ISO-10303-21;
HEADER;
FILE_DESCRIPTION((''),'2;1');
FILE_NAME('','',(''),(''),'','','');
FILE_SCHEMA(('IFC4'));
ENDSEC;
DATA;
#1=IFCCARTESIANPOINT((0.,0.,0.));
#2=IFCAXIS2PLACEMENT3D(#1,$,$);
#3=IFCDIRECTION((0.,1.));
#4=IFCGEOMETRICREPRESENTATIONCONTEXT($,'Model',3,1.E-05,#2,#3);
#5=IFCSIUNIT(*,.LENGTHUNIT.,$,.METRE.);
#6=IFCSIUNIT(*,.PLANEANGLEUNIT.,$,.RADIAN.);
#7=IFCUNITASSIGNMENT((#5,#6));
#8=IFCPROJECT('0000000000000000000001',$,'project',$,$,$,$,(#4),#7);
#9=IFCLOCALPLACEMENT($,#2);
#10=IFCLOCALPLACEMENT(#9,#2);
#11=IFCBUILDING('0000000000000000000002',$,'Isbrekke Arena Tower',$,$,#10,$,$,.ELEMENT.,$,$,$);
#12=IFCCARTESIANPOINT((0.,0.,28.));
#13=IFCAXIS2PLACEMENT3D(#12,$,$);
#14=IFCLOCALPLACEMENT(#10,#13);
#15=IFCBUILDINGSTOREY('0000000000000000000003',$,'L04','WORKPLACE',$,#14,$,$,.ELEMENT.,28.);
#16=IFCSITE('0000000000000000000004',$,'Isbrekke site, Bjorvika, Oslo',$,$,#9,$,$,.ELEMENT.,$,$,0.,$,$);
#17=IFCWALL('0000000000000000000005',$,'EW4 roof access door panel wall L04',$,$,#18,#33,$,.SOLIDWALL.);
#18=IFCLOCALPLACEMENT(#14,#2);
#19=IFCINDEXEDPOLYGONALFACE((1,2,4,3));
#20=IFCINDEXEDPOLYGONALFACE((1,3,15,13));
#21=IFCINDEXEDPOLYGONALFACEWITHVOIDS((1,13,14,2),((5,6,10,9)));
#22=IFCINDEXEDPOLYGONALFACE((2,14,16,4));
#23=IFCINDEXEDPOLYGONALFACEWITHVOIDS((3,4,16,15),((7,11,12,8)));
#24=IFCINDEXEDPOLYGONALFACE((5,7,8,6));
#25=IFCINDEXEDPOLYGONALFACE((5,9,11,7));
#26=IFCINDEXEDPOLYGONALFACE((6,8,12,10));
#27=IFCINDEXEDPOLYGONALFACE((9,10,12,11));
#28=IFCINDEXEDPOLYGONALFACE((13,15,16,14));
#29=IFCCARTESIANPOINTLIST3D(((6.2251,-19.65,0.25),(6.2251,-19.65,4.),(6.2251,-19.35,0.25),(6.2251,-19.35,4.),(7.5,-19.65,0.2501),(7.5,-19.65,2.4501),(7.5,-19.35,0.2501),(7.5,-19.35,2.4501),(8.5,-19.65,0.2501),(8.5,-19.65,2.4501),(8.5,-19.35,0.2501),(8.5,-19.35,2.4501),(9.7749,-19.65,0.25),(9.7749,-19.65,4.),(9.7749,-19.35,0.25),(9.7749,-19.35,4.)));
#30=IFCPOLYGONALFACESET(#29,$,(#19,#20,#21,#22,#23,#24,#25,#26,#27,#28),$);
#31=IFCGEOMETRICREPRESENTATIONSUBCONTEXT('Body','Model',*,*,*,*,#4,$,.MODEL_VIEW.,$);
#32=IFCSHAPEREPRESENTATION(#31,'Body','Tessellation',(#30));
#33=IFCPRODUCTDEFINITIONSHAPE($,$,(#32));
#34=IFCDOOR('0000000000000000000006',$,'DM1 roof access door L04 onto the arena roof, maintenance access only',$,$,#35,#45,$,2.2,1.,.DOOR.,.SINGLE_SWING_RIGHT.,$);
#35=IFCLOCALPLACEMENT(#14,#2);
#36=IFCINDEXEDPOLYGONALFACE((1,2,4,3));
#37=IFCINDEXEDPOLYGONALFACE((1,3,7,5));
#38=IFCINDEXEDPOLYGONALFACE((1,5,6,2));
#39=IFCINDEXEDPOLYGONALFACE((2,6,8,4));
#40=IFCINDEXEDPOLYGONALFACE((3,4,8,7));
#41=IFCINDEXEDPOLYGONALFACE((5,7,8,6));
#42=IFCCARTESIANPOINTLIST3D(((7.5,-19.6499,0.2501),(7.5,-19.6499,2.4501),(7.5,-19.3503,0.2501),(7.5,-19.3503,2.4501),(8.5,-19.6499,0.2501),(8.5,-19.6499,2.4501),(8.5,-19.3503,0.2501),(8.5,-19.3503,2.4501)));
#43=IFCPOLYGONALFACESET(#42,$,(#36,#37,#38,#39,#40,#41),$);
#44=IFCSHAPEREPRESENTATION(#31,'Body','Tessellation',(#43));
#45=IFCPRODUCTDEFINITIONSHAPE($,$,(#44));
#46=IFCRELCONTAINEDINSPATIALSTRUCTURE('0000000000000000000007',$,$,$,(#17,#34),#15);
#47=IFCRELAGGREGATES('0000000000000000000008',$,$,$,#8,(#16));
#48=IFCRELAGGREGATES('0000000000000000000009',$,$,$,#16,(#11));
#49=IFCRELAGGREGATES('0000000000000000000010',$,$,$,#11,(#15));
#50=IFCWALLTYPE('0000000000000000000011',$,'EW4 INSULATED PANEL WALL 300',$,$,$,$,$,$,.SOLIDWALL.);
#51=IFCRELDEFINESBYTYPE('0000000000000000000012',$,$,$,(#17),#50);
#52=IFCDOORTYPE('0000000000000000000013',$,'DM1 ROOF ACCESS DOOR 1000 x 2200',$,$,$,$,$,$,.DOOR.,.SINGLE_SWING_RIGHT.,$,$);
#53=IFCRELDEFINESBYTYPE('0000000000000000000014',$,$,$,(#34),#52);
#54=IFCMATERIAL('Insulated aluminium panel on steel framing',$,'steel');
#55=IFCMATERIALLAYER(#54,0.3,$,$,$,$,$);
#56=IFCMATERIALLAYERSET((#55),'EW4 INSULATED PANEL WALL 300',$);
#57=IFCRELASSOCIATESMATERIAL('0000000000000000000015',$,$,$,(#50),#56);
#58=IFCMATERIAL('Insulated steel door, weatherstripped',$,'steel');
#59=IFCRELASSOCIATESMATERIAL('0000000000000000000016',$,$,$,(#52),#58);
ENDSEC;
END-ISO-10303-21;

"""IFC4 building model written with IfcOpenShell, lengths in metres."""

from ifc_helpers import new_model, si_unit, direction, frame, frame_2d, origin, place, context, subcontext, project, spatial, rectangle, extrude, material, layer, layer_set, type_object, element, fill, save


model = new_model("IFC4")

# Units and contexts
model_context = context("Model", 3, precision=1e-05, world=origin(), true_north=direction((0.0, 1.0)))
body_context = subcontext(model_context, "Body", "Model", "MODEL_VIEW")
ifc_project = project(units=[si_unit("LENGTHUNIT", "METRE"), si_unit("PLANEANGLEUNIT", "RADIAN")], contexts=[model_context])

# Site, building, storey
site_placement = place(None, origin())
site = spatial("IfcSite", under=ifc_project, at=site_placement, Name="Isbrekke site, Bjorvika, Oslo", CompositionType="ELEMENT", RefElevation=0.0)
building_placement = place(site_placement, origin())
building = spatial("IfcBuilding", under=site, at=building_placement, Name="Isbrekke Arena Tower", CompositionType="ELEMENT")
storey_placement = place(building_placement, frame((0.0, 0.0, 28.0)))
storey = spatial("IfcBuildingStorey", under=building, at=storey_placement, Name="L04", Description="WORKPLACE", CompositionType="ELEMENT", Elevation=28.0)

# Wall, opening, door
ifc_material_1 = material(Name="Insulated aluminium panel on steel framing", Category="steel")
ifc_layer_1 = layer(ifc_material_1, 0.3)
ifc_layer_set_1 = layer_set([ifc_layer_1], Name="EW4 INSULATED PANEL WALL 300")
wall_type = type_object("IfcWallType", Name="EW4 INSULATED PANEL WALL 300", PredefinedType="SOLIDWALL", material=ifc_layer_set_1)
wall_placement = place(storey_placement, frame((6.2251, -19.5, 0.25), z_axis=(0.0, 0.0, 1.0), x_axis=(1.0, 0.0, 0.0)))
wall = element("IfcWall", 1, at=wall_placement, inside=storey, type_object=wall_type, Name="EW4 roof access door panel wall L04", PredefinedType="SOLIDWALL", context=body_context, shape_type="SweptSolid", body=[
    extrude(rectangle(XDim=3.5498, YDim=0.3, at=frame_2d((1.7749, 0.0))), origin(), (0.0, 0.0, 1.0), 3.75),
])
opening_placement = place(wall_placement, frame((1.2749, 0.0, 0.0)))
opening = element("IfcOpeningElement", 2, at=opening_placement, cuts=wall, PredefinedType="OPENING", context=body_context, shape_type="SweptSolid", body=[
    extrude(rectangle(XDim=1.0, YDim=2.2, at=frame_2d((0.5, 1.1001))), frame((0.0, 0.165, 0.0), z_axis=(0.0, -1.0, 0.0), x_axis=(1.0, 0.0, 0.0)), (0.0, 0.0, 1.0), 0.3298),
])
ifc_material_2 = material(Name="Insulated steel door, weatherstripped", Category="steel")
door_type = type_object("IfcDoorType", Name="DM1 ROOF ACCESS DOOR 1000 x 2200", OperationType="SINGLE_SWING_RIGHT", PredefinedType="DOOR", material=ifc_material_2)
door_placement = place(opening_placement, frame((1.0, 0.0, 0.0), z_axis=(0.0, 0.0, 1.0), x_axis=(-1.0, 0.0, 0.0)))
door = element("IfcDoor", 3, at=door_placement, inside=storey, type_object=door_type, Name="DM1 roof access door L04 onto the arena roof, maintenance access only", OperationType="SINGLE_SWING_RIGHT", OverallHeight=2.2, OverallWidth=1.0, PredefinedType="DOOR", context=body_context, shape_type="SweptSolid", body=[
    extrude(rectangle(XDim=1.0, YDim=2.2, at=frame_2d((0.5, 1.1001))), frame((0.0, 0.1499, 0.0), z_axis=(0.0, -1.0, 0.0), x_axis=(1.0, 0.0, 0.0)), (0.0, 0.0, 1.0), 0.2996),
])
fill(opening, door)

save(model, "model.ifc")
